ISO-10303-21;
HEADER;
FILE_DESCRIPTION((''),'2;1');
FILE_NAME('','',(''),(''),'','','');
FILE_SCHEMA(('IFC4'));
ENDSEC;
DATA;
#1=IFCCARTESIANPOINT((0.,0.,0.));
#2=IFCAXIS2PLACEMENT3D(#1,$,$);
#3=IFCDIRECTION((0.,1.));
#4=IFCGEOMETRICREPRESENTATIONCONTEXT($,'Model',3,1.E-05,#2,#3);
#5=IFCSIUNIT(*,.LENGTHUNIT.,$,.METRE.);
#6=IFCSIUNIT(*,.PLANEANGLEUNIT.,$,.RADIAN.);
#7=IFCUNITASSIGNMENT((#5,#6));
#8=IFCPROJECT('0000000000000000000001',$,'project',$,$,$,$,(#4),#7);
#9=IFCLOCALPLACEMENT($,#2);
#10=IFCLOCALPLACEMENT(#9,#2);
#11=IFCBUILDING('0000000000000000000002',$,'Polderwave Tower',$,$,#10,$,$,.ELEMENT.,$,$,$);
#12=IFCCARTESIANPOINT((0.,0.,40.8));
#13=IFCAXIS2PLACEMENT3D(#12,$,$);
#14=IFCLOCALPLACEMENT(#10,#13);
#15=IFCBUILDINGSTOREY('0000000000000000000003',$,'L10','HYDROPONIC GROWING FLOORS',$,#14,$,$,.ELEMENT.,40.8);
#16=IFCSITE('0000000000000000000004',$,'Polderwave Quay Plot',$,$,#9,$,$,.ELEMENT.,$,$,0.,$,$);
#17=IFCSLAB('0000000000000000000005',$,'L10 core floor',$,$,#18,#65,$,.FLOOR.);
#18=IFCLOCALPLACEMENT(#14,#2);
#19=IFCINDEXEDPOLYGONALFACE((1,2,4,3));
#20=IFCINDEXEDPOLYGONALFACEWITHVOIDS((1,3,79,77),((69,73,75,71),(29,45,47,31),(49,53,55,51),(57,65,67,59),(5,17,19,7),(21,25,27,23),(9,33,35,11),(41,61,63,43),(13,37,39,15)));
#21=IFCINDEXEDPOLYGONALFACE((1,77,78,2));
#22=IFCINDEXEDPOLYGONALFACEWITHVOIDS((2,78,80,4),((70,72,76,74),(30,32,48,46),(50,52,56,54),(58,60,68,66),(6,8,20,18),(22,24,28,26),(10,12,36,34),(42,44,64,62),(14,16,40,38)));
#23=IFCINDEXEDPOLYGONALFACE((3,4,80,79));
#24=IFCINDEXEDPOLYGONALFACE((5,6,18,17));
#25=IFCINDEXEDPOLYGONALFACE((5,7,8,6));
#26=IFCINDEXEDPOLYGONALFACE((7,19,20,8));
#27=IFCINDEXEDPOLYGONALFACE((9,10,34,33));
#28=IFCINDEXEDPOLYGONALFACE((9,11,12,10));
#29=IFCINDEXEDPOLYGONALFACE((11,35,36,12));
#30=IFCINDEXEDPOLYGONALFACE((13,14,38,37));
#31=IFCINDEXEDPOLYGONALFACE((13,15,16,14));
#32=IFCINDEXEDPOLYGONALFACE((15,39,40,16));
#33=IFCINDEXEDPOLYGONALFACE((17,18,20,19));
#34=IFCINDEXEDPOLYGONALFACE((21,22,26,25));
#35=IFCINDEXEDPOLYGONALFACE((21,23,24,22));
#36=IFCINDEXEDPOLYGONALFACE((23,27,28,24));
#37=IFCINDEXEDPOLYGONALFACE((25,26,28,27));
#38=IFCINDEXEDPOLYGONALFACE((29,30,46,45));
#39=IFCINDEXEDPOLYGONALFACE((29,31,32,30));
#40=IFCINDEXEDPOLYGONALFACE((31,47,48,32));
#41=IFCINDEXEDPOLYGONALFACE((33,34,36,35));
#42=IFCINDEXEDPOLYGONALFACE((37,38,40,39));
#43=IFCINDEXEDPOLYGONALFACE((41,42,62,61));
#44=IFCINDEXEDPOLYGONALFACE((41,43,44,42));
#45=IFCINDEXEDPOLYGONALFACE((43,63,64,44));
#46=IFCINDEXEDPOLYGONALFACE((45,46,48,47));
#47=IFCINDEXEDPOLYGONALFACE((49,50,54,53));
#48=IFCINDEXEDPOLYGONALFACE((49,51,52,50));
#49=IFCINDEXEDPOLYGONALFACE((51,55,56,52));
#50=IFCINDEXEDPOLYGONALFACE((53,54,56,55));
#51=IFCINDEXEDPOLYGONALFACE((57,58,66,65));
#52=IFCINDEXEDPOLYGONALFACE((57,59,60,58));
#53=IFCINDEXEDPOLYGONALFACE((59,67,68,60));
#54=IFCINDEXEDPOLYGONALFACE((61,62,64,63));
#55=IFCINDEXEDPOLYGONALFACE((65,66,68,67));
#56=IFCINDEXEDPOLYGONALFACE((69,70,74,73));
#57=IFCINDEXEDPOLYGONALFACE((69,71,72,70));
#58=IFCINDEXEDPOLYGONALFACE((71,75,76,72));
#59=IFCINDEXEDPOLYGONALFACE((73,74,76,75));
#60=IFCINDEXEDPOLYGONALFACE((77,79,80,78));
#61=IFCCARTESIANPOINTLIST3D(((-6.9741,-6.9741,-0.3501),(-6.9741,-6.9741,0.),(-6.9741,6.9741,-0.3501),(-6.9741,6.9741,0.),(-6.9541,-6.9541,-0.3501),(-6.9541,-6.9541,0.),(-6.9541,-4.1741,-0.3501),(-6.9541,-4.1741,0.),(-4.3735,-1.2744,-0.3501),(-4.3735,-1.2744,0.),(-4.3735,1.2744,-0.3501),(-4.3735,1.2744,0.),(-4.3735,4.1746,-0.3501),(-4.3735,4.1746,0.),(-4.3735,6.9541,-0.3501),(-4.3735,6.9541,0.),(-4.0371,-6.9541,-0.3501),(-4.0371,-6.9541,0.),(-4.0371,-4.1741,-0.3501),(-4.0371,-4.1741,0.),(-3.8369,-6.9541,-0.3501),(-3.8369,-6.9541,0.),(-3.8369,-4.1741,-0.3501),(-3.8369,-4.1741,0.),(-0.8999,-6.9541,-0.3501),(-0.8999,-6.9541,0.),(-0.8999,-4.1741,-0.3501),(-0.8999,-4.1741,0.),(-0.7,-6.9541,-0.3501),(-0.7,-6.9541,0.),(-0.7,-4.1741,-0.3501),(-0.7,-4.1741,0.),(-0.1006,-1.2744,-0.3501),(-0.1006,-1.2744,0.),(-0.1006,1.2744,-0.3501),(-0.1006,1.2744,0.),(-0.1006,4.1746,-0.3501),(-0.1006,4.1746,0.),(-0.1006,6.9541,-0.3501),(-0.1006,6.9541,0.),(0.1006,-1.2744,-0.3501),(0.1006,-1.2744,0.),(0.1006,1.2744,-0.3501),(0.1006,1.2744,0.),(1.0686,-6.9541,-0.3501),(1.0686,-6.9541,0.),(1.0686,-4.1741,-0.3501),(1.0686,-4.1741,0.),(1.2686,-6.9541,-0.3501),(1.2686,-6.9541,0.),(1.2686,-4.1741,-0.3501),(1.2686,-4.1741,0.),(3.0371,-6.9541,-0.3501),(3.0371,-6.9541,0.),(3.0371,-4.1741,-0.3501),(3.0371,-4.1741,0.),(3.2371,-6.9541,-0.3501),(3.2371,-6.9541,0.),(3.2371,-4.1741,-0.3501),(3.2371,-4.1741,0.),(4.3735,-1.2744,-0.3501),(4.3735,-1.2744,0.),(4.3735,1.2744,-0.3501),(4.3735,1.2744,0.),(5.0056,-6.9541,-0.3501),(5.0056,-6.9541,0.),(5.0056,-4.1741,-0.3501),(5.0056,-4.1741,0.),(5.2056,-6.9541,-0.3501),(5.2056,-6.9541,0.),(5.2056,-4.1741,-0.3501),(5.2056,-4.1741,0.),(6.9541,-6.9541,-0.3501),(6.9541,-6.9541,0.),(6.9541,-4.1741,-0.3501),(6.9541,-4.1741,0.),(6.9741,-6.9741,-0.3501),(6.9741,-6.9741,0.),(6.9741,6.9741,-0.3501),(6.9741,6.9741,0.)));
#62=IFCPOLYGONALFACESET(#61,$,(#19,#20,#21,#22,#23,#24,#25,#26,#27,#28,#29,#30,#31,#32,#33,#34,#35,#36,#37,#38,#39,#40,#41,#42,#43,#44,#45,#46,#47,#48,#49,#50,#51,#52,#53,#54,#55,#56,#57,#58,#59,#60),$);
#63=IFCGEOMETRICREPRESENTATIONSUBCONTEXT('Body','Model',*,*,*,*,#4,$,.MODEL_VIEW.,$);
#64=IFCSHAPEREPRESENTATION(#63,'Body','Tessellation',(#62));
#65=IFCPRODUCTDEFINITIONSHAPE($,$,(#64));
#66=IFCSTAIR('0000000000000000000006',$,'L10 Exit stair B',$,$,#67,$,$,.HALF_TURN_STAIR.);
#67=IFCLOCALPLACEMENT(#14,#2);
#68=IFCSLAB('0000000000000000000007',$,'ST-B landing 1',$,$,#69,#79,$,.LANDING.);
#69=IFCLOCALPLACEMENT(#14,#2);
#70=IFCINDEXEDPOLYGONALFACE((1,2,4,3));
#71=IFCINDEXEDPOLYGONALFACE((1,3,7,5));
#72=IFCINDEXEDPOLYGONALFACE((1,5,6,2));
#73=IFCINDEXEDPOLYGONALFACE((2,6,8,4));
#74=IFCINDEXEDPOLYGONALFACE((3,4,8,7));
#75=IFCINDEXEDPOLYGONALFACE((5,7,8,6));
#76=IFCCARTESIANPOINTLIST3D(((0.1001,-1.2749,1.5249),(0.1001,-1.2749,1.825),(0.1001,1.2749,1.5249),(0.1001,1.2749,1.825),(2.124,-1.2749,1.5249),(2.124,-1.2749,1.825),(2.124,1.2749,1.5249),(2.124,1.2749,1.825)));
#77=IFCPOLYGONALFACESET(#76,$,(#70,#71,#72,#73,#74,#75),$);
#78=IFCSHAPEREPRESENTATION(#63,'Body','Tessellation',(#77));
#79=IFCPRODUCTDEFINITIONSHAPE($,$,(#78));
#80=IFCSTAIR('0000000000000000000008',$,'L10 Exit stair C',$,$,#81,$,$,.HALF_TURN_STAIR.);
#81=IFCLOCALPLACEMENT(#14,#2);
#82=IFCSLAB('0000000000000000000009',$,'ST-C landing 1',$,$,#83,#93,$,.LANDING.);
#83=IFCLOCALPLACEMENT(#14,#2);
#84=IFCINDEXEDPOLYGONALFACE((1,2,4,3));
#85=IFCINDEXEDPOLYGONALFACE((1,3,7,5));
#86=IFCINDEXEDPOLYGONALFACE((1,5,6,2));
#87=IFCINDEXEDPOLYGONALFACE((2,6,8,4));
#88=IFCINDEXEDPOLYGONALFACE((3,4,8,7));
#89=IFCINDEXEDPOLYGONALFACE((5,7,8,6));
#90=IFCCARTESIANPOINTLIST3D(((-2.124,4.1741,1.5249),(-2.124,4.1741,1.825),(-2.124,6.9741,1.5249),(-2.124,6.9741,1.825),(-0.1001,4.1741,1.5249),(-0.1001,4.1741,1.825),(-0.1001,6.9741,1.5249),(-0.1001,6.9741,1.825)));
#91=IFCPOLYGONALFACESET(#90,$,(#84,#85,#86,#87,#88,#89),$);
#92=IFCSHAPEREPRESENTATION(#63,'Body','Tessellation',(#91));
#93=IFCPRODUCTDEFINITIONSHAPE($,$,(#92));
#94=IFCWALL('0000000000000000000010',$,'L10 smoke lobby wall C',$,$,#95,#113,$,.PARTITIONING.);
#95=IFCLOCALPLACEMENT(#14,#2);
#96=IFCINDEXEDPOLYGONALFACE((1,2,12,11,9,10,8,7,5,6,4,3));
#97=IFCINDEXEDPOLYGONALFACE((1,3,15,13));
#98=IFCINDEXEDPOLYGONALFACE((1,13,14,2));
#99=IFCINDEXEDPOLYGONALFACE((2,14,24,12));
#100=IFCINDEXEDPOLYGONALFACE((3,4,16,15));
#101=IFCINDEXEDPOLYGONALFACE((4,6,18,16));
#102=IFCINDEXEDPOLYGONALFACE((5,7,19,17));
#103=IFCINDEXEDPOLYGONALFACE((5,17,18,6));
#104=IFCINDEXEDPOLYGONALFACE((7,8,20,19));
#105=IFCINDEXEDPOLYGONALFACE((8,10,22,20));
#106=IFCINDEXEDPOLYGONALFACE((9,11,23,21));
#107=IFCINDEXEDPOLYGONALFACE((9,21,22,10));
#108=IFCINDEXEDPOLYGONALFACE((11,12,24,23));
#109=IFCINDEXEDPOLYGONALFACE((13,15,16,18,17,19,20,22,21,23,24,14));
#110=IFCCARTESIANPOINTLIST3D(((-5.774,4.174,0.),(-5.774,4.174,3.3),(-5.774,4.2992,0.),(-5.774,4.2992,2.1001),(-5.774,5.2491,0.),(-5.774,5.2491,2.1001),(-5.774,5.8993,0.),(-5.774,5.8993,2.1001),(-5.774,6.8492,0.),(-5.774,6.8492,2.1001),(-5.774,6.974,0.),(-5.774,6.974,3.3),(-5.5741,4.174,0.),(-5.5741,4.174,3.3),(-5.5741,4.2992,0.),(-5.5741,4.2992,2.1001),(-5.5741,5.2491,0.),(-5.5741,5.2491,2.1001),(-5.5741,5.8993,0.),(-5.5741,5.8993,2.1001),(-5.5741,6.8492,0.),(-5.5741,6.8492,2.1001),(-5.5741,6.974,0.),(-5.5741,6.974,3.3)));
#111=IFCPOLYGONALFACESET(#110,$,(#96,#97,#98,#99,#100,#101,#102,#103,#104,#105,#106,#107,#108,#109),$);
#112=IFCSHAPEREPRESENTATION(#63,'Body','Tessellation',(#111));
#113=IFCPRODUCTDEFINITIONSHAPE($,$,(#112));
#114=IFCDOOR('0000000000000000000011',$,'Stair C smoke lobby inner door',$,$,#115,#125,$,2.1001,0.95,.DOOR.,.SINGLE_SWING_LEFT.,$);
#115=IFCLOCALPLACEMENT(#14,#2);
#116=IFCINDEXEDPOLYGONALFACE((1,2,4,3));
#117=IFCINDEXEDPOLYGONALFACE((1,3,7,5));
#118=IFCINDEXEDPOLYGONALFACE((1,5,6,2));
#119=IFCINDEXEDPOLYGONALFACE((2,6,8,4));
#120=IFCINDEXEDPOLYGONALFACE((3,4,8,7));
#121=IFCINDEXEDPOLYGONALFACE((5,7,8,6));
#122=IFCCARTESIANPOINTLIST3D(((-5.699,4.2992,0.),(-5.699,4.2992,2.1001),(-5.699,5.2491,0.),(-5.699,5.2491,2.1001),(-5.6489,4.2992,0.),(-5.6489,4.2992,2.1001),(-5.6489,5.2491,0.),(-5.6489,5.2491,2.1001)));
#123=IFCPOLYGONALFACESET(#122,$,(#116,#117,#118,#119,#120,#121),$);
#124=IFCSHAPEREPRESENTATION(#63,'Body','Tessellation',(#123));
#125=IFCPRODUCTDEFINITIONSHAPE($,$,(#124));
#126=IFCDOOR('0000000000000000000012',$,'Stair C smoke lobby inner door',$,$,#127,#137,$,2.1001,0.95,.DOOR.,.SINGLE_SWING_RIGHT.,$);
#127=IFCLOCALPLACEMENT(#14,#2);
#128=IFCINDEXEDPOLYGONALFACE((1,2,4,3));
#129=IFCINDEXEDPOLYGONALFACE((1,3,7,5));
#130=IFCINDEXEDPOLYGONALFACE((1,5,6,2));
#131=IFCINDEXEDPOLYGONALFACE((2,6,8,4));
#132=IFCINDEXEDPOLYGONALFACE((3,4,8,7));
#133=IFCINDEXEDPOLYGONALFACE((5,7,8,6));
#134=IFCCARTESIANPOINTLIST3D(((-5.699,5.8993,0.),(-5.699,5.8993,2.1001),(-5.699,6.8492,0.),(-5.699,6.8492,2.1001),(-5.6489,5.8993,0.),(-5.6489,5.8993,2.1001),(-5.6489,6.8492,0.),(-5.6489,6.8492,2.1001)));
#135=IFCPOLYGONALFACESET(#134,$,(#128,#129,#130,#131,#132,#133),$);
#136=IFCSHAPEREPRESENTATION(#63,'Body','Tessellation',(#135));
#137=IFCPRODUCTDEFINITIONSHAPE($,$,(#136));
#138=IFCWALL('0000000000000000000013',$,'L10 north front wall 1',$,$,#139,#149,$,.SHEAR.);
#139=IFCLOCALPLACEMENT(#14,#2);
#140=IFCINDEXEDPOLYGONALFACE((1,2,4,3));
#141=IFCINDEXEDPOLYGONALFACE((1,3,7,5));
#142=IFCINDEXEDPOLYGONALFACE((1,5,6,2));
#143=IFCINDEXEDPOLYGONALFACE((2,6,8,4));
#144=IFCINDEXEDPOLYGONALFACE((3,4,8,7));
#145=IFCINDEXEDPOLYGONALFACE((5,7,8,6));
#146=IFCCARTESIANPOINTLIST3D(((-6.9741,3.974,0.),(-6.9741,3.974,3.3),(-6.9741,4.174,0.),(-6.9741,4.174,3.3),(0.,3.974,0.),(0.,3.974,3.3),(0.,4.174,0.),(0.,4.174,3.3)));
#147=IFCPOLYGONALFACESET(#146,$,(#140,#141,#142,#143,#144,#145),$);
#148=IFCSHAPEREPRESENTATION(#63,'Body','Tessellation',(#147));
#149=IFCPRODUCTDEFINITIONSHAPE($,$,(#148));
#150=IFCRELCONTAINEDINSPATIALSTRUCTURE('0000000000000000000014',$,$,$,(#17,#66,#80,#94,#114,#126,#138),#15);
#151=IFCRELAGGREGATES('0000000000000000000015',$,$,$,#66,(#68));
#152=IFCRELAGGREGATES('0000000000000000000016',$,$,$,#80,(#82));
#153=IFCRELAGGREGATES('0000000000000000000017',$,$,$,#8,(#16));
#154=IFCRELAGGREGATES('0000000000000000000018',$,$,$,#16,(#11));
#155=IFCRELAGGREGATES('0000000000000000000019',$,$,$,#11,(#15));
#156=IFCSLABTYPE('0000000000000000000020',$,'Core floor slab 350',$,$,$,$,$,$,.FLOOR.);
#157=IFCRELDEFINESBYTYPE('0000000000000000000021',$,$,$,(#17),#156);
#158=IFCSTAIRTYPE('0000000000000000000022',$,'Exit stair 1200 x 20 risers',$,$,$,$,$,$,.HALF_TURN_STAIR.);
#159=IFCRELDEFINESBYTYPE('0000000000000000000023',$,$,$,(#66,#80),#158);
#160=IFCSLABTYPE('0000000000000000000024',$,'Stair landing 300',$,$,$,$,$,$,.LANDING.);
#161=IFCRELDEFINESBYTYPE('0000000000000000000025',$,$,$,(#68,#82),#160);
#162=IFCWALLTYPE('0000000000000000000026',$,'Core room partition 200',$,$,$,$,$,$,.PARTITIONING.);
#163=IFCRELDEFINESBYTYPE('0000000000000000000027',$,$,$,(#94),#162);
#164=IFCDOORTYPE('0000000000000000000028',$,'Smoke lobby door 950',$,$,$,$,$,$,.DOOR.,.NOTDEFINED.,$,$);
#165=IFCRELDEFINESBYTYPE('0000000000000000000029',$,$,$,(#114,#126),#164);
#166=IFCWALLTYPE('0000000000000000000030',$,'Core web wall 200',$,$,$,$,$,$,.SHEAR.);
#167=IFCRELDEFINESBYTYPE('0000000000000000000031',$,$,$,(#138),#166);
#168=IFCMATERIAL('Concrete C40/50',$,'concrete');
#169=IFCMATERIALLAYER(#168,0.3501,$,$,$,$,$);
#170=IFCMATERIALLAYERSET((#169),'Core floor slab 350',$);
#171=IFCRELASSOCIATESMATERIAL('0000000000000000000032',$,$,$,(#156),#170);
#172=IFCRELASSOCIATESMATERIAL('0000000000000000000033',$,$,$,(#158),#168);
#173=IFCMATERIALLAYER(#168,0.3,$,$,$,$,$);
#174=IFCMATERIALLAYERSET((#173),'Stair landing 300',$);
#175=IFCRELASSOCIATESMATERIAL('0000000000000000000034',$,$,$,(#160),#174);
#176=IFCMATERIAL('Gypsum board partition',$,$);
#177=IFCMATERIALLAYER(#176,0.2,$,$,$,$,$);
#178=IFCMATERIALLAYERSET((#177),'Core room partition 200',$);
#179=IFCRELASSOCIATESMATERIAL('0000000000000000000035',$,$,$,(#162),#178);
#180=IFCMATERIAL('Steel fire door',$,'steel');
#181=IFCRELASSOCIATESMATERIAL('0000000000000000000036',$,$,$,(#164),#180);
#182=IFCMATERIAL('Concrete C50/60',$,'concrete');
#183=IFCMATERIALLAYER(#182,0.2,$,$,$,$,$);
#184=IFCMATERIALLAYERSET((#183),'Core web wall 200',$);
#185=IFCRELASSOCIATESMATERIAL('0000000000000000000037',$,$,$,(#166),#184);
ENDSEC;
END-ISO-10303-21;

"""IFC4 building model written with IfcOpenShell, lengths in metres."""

from ifc_helpers import new_model, si_unit, direction, frame, frame_2d, origin, place, context, subcontext, project, spatial, polyline, rectangle, outline, extrude, material, layer, layer_set, type_object, element, fill, aggregate, save


model = new_model("IFC4")

# Units and contexts
model_context = context("Model", 3, precision=1e-05, world=origin(), true_north=direction((0.0, 1.0)))
body_context = subcontext(model_context, "Body", "Model", "MODEL_VIEW")
ifc_project = project(units=[si_unit("LENGTHUNIT", "METRE"), si_unit("PLANEANGLEUNIT", "RADIAN")], contexts=[model_context])

# Site, building, storey
site_placement = place(None, origin())
site = spatial("IfcSite", under=ifc_project, at=site_placement, Name="Polderwave Quay Plot", CompositionType="ELEMENT", RefElevation=0.0)
building_placement = place(site_placement, origin())
building = spatial("IfcBuilding", under=site, at=building_placement, Name="Polderwave Tower", CompositionType="ELEMENT")
storey_placement = place(building_placement, frame((0.0, 0.0, 40.8)))
storey = spatial("IfcBuildingStorey", under=building, at=storey_placement, Name="L10", Description="HYDROPONIC GROWING FLOORS", CompositionType="ELEMENT", Elevation=40.8)

# Slab
ifc_material_1 = material(Name="Concrete C40/50", Category="concrete")
ifc_layer_1 = layer(ifc_material_1, 0.3501)
ifc_layer_set_1 = layer_set([ifc_layer_1], Name="Core floor slab 350")
slab_type_1 = type_object("IfcSlabType", Name="Core floor slab 350", PredefinedType="FLOOR", material=ifc_layer_set_1)
slab_1_placement = place(storey_placement, frame((0.0, 0.0, -0.3501)))
element("IfcSlab", 1, at=slab_1_placement, inside=storey, type_object=slab_type_1, Name="L10 core floor", PredefinedType="FLOOR", context=body_context, shape_type="SweptSolid", body=[
    extrude(outline(polyline([(-6.9741, -6.9741), (6.9741, -6.9741), (6.9741, 6.9741), (-6.9741, 6.9741), (-6.9741, -6.9741)]), holes=[polyline([(-6.9541, -6.9541), (-4.0371, -6.9541), (-4.0371, -4.1741), (-6.9541, -4.1741), (-6.9541, -6.9541)]), polyline([(-3.8369, -6.9541), (-0.8999, -6.9541), (-0.8999, -4.1741), (-3.8369, -4.1741), (-3.8369, -6.9541)]), polyline([(-0.7, -6.9541), (1.0686, -6.9541), (1.0686, -4.1741), (-0.7, -4.1741), (-0.7, -6.9541)]), polyline([(1.2686, -6.9541), (3.0371, -6.9541), (3.0371, -4.1741), (1.2686, -4.1741), (1.2686, -6.9541)]), polyline([(3.2371, -6.9541), (5.0056, -6.9541), (5.0056, -4.1741), (3.2371, -4.1741), (3.2371, -6.9541)]), polyline([(5.2056, -6.9541), (6.9541, -6.9541), (6.9541, -4.1741), (5.2056, -4.1741), (5.2056, -6.9541)]), polyline([(-4.3735, -1.2744), (-0.1006, -1.2744), (-0.1006, 1.2744), (-4.3735, 1.2744), (-4.3735, -1.2744)]), polyline([(0.1006, -1.2744), (4.3735, -1.2744), (4.3735, 1.2744), (0.1006, 1.2744), (0.1006, -1.2744)]), polyline([(-4.3735, 4.1746), (-0.1006, 4.1746), (-0.1006, 6.9541), (-4.3735, 6.9541), (-4.3735, 4.1746)])]), origin(), (0.0, 0.0, 1.0), 0.3501),
])

# Stairs, slabs
stair_type = type_object("IfcStairType", Name="Exit stair 1200 x 20 risers", PredefinedType="HALF_TURN_STAIR", material=ifc_material_1)
stair_1_placement = place(storey_placement, origin())
stair_1 = element("IfcStair", 2, at=stair_1_placement, inside=storey, type_object=stair_type, Name="L10 Exit stair B", PredefinedType="HALF_TURN_STAIR")
ifc_layer_2 = layer(ifc_material_1, 0.3)
ifc_layer_set_2 = layer_set([ifc_layer_2], Name="Stair landing 300")
slab_type_2 = type_object("IfcSlabType", Name="Stair landing 300", PredefinedType="LANDING", material=ifc_layer_set_2)
slab_2_placement = place(storey_placement, frame((0.0, 0.0, 1.5249)))
slab_2 = element("IfcSlab", 3, at=slab_2_placement, type_object=slab_type_2, Name="ST-B landing 1", PredefinedType="LANDING", context=body_context, shape_type="SweptSolid", body=[
    extrude(outline(polyline([(2.124, 1.2749), (0.1001, 1.2749), (0.1001, -1.2749), (2.124, -1.2749), (2.124, 1.2749)])), origin(), (0.0, 0.0, 1.0), 0.3),
])
aggregate(stair_1, [slab_2])
stair_2_placement = place(storey_placement, origin())
stair_2 = element("IfcStair", 4, at=stair_2_placement, inside=storey, type_object=stair_type, Name="L10 Exit stair C", PredefinedType="HALF_TURN_STAIR")
slab_3_placement = place(storey_placement, frame((0.0, 0.0, 1.5249)))
slab_3 = element("IfcSlab", 5, at=slab_3_placement, type_object=slab_type_2, Name="ST-C landing 1", PredefinedType="LANDING", context=body_context, shape_type="SweptSolid", body=[
    extrude(outline(polyline([(-2.124, 4.1741), (-0.1001, 4.1741), (-0.1001, 6.9741), (-2.124, 6.9741), (-2.124, 4.1741)])), origin(), (0.0, 0.0, 1.0), 0.3),
])

# Wall, openings, doors
ifc_material_2 = material(Name="Gypsum board partition")
ifc_layer_3 = layer(ifc_material_2, 0.2)
ifc_layer_set_3 = layer_set([ifc_layer_3], Name="Core room partition 200")
wall_type_1 = type_object("IfcWallType", Name="Core room partition 200", PredefinedType="PARTITIONING", material=ifc_layer_set_3)
wall_1_placement = place(storey_placement, frame((-5.6741, 4.1741, 0.0), z_axis=(0.0, 0.0, 1.0), x_axis=(0.0, 1.0, 0.0)))
wall_1 = element("IfcWall", 6, at=wall_1_placement, inside=storey, type_object=wall_type_1, Name="L10 smoke lobby wall C", PredefinedType="PARTITIONING", context=body_context, shape_type="SweptSolid", body=[
    extrude(rectangle(XDim=2.8, YDim=0.2, at=frame_2d((1.3999, 0.0))), origin(), (0.0, 0.0, 1.0), 3.3),
])
opening_1_placement = place(wall_1_placement, frame((0.125, 0.0, 0.0)))
opening_1 = element("IfcOpeningElement", 7, at=opening_1_placement, cuts=wall_1, PredefinedType="OPENING", context=body_context, shape_type="SweptSolid", body=[
    extrude(rectangle(XDim=0.95, YDim=2.1001, at=frame_2d((0.4751, 1.05))), frame((0.0, 0.1099, 0.0), z_axis=(0.0, -1.0, 0.0), x_axis=(1.0, 0.0, 0.0)), (0.0, 0.0, 1.0), 0.22),
])
opening_2_placement = place(wall_1_placement, frame((1.7251, 0.0, 0.0)))
opening_2 = element("IfcOpeningElement", 8, at=opening_2_placement, cuts=wall_1, PredefinedType="OPENING", context=body_context, shape_type="SweptSolid", body=[
    extrude(rectangle(XDim=0.95, YDim=2.1001, at=frame_2d((0.4751, 1.05))), frame((0.0, 0.1099, 0.0), z_axis=(0.0, -1.0, 0.0), x_axis=(1.0, 0.0, 0.0)), (0.0, 0.0, 1.0), 0.22),
])
ifc_material_3 = material(Name="Steel fire door", Category="steel")
door_type_1 = type_object("IfcDoorType", Name="Smoke lobby door 950", OperationType="NOTDEFINED", PredefinedType="DOOR", material=ifc_material_3)
door_1_placement = place(opening_1_placement, origin())
door_1 = element("IfcDoor", 9, at=door_1_placement, inside=storey, type_object=door_type_1, Name="Stair C smoke lobby inner door", OperationType="SINGLE_SWING_LEFT", OverallHeight=2.1001, OverallWidth=0.95, PredefinedType="DOOR", context=body_context, shape_type="SweptSolid", body=[
    extrude(rectangle(XDim=0.95, YDim=2.1001, at=frame_2d((0.4751, 1.05))), frame((0.0, 0.0249, 0.0), z_axis=(0.0, -1.0, 0.0), x_axis=(1.0, 0.0, 0.0)), (0.0, 0.0, 1.0), 0.05),
])
fill(opening_1, door_1)
door_2_placement = place(opening_2_placement, origin())
door_2 = element("IfcDoor", 10, at=door_2_placement, inside=storey, type_object=door_type_1, Name="Stair C smoke lobby inner door", OperationType="SINGLE_SWING_RIGHT", OverallHeight=2.1001, OverallWidth=0.95, PredefinedType="DOOR", context=body_context, shape_type="SweptSolid", body=[
    extrude(rectangle(XDim=0.95, YDim=2.1001, at=frame_2d((0.4751, 1.05))), frame((0.0, 0.0249, 0.0), z_axis=(0.0, -1.0, 0.0), x_axis=(1.0, 0.0, 0.0)), (0.0, 0.0, 1.0), 0.05),
])
fill(opening_2, door_2)

# Wall
ifc_material_4 = material(Name="Concrete C50/60", Category="concrete")
ifc_layer_4 = layer(ifc_material_4, 0.2)
ifc_layer_set_4 = layer_set([ifc_layer_4], Name="Core web wall 200")
wall_type_2 = type_object("IfcWallType", Name="Core web wall 200", PredefinedType="SHEAR", material=ifc_layer_set_4)
wall_2_placement = place(storey_placement, frame((-6.9741, 4.074, 0.0), z_axis=(0.0, 0.0, 1.0), x_axis=(1.0, 0.0, 0.0)))
element("IfcWall", 11, at=wall_2_placement, inside=storey, type_object=wall_type_2, Name="L10 north front wall 1", PredefinedType="SHEAR", context=body_context, shape_type="SweptSolid", body=[
    extrude(rectangle(XDim=6.9741, YDim=0.2, at=frame_2d((3.4871, 0.0))), origin(), (0.0, 0.0, 1.0), 3.3),
])

aggregate(stair_2, [slab_3])

save(model, "model.ifc")
